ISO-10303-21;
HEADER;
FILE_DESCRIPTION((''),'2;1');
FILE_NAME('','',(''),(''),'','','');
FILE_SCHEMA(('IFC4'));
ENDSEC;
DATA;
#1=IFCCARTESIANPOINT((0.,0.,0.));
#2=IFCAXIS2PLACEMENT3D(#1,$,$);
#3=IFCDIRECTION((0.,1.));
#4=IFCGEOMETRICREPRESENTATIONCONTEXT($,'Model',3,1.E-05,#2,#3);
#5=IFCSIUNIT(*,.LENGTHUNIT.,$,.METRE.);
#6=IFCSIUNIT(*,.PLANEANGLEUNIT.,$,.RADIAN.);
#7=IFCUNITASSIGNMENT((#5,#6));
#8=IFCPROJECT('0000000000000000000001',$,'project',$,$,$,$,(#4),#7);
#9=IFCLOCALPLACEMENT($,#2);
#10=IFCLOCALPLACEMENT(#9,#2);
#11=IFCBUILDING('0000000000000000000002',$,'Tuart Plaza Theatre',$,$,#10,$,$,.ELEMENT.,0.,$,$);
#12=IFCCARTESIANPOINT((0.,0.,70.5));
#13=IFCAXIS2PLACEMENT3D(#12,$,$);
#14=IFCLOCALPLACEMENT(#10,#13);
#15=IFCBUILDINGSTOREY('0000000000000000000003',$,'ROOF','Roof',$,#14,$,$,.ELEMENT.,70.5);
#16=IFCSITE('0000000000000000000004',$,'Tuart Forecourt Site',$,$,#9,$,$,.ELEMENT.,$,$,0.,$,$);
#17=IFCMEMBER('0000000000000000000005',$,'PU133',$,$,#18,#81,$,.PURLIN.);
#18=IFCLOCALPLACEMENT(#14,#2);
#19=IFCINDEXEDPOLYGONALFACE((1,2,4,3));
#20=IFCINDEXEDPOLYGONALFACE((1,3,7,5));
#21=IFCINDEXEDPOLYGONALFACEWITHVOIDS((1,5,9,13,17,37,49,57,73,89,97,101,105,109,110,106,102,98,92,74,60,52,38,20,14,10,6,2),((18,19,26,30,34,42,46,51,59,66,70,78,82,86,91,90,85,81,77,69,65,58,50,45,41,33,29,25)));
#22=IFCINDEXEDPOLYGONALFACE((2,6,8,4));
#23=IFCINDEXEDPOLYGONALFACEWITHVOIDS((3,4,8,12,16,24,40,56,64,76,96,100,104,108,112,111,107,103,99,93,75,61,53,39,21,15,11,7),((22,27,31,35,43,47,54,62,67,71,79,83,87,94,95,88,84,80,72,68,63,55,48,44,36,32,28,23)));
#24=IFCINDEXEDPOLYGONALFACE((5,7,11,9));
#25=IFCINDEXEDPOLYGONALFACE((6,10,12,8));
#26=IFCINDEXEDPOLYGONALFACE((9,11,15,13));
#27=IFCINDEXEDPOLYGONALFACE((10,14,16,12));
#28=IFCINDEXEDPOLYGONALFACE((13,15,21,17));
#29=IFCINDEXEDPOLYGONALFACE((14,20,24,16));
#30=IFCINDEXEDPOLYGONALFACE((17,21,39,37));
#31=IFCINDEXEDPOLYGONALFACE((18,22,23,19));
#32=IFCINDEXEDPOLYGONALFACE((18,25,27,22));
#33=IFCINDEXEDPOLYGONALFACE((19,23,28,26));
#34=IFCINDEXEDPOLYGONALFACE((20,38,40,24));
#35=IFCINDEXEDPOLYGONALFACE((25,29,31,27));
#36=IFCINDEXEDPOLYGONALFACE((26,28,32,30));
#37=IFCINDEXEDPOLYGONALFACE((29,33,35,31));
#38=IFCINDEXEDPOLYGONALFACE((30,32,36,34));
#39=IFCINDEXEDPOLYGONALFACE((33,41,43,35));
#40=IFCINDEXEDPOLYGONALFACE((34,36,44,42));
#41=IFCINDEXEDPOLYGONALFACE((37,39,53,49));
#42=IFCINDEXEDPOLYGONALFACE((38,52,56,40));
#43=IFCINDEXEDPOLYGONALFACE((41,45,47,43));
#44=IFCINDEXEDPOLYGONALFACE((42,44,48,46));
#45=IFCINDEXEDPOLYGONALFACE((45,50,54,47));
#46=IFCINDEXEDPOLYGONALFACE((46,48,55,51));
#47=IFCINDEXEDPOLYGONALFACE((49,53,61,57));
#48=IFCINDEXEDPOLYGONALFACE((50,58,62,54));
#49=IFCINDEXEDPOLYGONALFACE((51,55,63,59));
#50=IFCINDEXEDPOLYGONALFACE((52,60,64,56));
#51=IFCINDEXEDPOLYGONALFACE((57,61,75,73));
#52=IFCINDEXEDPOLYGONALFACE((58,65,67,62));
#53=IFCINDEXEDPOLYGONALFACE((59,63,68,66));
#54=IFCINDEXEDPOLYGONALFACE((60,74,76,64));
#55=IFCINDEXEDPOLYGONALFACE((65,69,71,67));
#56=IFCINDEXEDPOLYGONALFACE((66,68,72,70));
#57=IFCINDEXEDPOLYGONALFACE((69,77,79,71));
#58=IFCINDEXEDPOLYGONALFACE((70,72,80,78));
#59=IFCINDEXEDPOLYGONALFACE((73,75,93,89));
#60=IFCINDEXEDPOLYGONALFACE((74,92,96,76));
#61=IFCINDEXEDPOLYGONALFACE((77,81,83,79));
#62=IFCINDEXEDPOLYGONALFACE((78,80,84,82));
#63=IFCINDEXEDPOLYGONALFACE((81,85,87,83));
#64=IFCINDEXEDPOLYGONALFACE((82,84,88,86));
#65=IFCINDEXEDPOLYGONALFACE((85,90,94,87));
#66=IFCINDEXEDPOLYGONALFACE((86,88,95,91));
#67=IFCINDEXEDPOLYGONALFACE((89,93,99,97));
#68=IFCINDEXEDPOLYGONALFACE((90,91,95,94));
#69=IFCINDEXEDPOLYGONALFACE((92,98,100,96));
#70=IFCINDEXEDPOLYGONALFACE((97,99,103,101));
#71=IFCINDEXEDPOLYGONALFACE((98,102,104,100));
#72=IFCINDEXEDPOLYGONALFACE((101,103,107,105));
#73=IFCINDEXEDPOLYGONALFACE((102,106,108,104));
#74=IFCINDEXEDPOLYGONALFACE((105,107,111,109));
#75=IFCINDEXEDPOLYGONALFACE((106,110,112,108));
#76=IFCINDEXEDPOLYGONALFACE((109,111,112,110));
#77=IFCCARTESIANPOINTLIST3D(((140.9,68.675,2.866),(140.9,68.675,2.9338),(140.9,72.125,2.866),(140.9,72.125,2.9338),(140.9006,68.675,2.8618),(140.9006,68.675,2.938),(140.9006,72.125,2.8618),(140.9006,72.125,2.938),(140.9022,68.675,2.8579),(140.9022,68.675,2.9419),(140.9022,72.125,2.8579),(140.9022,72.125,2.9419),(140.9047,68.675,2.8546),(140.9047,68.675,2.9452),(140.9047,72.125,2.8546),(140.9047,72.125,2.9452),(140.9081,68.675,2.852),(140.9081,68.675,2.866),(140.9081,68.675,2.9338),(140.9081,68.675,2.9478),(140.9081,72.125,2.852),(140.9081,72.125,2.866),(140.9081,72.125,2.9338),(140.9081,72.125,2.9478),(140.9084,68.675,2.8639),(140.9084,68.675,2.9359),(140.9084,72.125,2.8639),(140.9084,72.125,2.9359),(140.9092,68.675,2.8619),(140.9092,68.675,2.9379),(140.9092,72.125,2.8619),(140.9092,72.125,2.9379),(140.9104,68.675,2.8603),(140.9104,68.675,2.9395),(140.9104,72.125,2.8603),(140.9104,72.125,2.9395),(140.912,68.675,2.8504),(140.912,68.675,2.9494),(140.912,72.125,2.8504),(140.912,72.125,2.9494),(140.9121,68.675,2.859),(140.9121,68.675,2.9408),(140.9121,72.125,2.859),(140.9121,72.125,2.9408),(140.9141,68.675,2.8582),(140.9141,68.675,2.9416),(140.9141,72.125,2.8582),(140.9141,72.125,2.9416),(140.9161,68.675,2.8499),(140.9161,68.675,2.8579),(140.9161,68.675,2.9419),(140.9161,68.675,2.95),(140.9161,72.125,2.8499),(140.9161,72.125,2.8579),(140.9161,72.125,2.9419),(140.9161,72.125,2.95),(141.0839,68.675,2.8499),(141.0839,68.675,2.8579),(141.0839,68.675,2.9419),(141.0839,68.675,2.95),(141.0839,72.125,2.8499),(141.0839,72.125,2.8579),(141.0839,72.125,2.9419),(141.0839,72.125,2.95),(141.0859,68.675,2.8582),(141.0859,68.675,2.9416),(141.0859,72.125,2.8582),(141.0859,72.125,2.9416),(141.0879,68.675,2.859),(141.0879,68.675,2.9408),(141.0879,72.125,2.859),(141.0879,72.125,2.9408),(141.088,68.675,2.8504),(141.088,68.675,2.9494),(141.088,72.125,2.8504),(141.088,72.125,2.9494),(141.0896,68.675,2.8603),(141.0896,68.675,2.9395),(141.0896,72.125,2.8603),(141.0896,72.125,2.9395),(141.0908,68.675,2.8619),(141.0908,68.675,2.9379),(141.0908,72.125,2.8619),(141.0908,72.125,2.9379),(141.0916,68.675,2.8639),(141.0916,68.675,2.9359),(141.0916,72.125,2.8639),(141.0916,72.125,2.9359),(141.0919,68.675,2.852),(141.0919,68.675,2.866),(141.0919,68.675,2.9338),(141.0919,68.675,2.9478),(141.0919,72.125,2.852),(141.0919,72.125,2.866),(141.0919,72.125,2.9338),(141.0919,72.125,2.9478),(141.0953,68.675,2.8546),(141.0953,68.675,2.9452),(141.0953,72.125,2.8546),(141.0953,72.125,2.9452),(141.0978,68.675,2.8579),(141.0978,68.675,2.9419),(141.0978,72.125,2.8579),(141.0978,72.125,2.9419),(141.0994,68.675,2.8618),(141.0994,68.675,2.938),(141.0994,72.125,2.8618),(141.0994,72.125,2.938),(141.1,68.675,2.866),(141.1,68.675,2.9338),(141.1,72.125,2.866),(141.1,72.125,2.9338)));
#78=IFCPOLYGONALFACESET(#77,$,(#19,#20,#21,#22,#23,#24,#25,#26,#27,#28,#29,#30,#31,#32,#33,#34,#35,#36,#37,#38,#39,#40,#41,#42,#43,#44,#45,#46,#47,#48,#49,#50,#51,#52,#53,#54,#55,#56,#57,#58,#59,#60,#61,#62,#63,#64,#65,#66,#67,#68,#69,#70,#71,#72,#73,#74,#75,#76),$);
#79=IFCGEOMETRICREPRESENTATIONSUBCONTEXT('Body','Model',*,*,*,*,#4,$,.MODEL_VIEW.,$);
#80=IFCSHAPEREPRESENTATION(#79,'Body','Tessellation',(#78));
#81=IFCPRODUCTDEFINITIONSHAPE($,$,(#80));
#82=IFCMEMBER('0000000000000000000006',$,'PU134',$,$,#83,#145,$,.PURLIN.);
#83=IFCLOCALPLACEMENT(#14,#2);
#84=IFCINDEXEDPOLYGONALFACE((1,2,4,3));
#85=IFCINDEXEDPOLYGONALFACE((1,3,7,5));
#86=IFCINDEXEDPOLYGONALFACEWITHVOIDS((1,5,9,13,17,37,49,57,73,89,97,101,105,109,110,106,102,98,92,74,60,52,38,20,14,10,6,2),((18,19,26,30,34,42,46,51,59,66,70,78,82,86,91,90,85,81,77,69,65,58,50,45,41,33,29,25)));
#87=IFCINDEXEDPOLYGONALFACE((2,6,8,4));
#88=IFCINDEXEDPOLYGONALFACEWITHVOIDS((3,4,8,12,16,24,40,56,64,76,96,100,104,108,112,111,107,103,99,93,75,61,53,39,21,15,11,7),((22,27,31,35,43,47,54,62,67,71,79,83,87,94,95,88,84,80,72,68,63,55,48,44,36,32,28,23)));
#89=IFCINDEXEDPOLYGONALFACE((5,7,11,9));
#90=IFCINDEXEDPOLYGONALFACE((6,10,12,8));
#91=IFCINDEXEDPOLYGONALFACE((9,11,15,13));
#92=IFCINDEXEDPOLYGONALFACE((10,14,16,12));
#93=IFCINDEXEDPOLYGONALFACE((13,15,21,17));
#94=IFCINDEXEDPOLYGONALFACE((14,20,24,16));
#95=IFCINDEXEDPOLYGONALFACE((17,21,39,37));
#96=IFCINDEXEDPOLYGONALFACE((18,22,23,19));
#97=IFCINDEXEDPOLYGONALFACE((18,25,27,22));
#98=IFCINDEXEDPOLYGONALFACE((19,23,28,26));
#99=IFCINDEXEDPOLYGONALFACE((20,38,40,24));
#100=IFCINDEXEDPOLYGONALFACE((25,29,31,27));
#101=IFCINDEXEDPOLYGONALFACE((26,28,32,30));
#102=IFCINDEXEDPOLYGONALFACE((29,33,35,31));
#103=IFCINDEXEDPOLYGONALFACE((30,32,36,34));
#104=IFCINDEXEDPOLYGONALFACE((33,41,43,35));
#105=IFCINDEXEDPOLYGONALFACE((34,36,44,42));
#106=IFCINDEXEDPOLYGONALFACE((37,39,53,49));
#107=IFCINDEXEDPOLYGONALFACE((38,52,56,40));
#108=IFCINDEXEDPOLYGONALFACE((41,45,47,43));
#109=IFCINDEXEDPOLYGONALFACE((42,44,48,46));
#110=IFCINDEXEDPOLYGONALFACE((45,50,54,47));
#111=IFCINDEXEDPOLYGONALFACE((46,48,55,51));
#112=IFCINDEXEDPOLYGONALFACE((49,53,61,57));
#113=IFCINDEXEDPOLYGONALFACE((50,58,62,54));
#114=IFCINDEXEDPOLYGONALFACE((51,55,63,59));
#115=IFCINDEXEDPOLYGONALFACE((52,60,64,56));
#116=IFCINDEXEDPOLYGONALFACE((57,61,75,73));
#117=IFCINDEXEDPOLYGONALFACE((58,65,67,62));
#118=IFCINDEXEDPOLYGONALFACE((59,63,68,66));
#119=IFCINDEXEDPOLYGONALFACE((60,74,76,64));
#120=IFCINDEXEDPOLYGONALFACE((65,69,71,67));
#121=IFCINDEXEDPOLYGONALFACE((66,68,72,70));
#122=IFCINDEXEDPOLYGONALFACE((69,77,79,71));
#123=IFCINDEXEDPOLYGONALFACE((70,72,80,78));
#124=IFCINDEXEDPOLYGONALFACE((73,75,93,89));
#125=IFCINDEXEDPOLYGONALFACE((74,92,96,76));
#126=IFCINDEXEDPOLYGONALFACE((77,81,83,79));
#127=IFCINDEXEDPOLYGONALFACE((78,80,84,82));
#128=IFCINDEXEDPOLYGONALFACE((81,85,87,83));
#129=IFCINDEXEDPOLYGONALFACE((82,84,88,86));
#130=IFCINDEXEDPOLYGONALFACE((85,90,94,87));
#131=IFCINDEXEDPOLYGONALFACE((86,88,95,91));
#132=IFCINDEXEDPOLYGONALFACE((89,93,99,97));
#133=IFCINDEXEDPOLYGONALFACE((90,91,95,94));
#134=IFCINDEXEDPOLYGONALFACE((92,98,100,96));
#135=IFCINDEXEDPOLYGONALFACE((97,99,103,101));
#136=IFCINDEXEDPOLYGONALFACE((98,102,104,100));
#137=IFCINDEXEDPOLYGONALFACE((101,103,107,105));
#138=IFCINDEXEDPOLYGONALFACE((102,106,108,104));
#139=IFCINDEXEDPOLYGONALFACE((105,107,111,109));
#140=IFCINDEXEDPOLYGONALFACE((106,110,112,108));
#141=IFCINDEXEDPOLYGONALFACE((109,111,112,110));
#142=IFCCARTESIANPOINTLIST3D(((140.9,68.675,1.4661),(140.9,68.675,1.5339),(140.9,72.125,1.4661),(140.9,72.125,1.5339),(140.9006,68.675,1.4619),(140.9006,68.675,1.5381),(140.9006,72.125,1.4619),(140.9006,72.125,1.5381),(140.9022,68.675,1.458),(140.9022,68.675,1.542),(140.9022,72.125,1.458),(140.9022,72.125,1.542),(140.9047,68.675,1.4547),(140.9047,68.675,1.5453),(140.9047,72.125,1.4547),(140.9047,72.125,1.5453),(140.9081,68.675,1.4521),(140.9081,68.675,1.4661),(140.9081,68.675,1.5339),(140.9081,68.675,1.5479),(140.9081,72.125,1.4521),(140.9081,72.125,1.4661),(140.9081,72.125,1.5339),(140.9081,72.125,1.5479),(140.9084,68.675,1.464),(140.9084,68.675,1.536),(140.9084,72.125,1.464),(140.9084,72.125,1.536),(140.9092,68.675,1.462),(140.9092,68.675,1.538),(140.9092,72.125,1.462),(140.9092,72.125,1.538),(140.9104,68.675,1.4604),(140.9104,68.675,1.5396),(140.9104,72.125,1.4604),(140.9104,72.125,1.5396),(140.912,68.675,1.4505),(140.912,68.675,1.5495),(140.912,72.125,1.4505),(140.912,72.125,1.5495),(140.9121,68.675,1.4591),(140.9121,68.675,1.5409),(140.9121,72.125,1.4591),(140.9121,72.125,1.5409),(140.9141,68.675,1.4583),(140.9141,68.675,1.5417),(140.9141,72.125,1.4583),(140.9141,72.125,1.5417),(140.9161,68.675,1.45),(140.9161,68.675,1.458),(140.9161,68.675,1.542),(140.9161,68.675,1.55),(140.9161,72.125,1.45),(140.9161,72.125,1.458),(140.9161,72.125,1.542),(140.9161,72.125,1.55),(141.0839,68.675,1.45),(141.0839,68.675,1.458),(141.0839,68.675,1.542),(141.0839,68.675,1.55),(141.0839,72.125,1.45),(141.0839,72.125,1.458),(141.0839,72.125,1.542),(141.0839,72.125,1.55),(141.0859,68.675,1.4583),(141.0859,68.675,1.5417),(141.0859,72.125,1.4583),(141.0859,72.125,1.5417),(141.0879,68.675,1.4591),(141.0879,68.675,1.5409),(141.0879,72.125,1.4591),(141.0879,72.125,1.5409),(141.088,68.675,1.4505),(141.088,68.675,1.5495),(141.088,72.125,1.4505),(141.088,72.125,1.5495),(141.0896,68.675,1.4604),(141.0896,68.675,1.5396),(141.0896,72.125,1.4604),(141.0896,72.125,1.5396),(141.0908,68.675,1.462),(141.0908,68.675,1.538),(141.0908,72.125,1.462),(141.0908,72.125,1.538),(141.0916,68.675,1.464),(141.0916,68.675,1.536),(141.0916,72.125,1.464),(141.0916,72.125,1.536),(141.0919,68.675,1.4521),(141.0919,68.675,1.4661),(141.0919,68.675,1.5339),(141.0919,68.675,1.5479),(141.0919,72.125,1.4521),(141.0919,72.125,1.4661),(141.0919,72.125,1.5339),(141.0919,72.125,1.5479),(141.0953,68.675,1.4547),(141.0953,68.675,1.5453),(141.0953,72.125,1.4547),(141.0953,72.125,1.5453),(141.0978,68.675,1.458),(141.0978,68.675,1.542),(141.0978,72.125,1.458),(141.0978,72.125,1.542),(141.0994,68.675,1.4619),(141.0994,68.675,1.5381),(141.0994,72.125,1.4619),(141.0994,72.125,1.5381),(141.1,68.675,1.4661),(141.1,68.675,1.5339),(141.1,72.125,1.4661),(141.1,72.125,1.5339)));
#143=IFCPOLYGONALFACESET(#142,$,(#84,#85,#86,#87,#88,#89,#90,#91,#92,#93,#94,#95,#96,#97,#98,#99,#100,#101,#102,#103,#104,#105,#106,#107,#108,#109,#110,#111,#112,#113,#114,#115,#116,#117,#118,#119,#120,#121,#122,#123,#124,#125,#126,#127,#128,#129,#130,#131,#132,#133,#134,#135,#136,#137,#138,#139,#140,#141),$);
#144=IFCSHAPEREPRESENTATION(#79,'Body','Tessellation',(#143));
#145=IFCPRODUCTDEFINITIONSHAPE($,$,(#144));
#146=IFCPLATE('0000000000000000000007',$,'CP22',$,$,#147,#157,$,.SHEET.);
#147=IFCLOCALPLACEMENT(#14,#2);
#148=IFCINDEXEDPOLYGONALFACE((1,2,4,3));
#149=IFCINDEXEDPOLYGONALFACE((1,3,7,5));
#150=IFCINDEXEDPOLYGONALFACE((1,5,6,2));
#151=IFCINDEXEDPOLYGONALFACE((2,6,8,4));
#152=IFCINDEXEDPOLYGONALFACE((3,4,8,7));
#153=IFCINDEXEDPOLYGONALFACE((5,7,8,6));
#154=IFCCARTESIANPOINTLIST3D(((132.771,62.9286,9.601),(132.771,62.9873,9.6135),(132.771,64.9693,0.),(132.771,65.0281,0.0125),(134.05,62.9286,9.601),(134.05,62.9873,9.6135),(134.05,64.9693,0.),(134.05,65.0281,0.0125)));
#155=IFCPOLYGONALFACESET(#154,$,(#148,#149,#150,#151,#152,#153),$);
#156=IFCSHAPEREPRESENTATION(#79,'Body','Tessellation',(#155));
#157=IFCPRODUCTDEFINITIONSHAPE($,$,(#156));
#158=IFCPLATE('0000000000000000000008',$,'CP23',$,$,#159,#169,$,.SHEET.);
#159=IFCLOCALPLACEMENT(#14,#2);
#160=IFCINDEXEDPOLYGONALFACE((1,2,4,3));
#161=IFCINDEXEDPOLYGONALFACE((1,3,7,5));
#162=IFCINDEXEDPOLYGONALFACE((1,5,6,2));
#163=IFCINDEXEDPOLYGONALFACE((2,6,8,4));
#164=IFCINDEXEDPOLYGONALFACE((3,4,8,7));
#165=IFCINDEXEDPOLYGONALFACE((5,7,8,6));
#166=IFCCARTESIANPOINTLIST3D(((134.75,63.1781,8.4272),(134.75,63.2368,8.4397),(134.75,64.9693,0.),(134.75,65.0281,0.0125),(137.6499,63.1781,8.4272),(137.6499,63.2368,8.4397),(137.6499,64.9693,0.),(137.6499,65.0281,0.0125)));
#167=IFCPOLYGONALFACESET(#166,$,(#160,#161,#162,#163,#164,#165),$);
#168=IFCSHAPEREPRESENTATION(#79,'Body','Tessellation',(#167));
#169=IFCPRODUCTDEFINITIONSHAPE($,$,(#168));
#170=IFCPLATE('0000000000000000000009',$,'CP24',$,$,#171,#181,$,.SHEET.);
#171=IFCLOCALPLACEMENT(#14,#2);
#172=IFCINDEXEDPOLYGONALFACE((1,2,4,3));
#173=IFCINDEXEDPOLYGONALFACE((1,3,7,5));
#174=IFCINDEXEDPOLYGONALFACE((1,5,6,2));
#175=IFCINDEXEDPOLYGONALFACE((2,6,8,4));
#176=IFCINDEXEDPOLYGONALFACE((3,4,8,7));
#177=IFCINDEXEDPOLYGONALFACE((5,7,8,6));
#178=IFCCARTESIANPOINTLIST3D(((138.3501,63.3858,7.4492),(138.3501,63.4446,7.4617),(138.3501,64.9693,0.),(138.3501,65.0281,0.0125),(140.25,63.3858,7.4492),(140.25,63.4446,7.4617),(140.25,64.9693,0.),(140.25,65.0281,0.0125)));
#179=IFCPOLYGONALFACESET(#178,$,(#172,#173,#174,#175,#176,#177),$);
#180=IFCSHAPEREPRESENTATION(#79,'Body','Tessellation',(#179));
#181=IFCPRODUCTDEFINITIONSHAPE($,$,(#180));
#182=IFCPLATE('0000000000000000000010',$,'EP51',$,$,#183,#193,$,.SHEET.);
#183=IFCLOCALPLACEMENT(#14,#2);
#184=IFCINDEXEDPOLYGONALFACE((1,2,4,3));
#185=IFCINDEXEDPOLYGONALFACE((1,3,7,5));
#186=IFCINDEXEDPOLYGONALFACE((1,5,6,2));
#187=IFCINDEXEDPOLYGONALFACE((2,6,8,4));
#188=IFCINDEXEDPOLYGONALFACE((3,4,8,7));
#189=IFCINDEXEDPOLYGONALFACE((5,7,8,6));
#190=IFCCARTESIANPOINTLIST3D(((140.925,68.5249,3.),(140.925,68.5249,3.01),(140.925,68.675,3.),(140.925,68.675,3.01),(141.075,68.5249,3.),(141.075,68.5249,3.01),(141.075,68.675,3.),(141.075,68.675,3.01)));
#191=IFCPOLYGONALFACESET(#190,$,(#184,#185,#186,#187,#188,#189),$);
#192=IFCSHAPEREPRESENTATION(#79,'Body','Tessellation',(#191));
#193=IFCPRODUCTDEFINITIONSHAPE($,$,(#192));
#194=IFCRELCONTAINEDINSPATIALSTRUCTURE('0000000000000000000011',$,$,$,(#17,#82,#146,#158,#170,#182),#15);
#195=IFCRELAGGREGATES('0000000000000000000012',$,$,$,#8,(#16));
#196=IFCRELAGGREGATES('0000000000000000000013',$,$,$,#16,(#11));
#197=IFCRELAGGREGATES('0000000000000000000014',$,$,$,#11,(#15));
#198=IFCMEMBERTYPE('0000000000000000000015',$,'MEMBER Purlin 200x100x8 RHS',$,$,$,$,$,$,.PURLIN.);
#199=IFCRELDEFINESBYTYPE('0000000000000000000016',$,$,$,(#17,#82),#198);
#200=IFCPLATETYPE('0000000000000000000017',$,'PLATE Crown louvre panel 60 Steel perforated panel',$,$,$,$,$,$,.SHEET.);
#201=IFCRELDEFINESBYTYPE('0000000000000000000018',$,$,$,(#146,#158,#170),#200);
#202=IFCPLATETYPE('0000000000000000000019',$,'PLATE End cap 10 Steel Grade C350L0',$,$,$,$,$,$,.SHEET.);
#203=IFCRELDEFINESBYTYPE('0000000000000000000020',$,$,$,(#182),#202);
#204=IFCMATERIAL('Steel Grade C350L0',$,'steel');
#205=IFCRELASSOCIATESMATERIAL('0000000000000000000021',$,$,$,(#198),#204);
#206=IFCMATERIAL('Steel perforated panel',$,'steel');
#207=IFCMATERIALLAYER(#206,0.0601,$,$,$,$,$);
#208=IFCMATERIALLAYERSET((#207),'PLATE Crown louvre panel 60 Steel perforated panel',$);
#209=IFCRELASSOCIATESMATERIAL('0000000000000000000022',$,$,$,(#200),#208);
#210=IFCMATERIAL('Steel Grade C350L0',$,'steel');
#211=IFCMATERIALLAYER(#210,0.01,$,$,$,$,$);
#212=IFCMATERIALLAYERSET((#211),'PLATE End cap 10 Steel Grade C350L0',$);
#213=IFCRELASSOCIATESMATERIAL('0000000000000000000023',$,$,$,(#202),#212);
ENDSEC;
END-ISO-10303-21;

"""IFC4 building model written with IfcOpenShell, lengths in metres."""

from ifc_helpers import new_model, si_unit, direction, frame, origin, origin_2d, place, context, subcontext, project, spatial, polyline, hollow_rectangle, outline, extrude, material, layer, layer_set, material_profile, profile_set, type_object, element, save


model = new_model("IFC4")

# Units and contexts
model_context = context("Model", 3, precision=1e-05, world=origin(), true_north=direction((0.0, 1.0)))
body_context = subcontext(model_context, "Body", "Model", "MODEL_VIEW")
ifc_project = project(units=[si_unit("LENGTHUNIT", "METRE"), si_unit("PLANEANGLEUNIT", "RADIAN")], contexts=[model_context])

# Site, building, storey
site_placement = place(None, origin())
site = spatial("IfcSite", under=ifc_project, at=site_placement, Name="Tuart Forecourt Site", CompositionType="ELEMENT", RefElevation=0.0)
building_placement = place(site_placement, origin())
building = spatial("IfcBuilding", under=site, at=building_placement, Name="Tuart Plaza Theatre", CompositionType="ELEMENT", ElevationOfRefHeight=0.0)
storey_placement = place(building_placement, frame((0.0, 0.0, 70.5)))
storey = spatial("IfcBuildingStorey", under=building, at=storey_placement, Name="ROOF", Description="Roof", CompositionType="ELEMENT", Elevation=70.5)

# Members
ifc_material_1 = material(Name="Steel Grade C350L0", Category="steel")
ifc_material_profile_1 = material_profile(ifc_material_1, hollow_rectangle(XDim=0.1001, YDim=0.2, WallThickness=0.0081, InnerFilletRadius=0.0081, OuterFilletRadius=0.0161, at=origin_2d()), Name="200x100x8 RHS")
ifc_profile_set_1 = profile_set([ifc_material_profile_1], Name="Steel Grade C350L0")
member_type_1 = type_object("IfcMemberType", Name="MEMBER Purlin 200x100x8 RHS", PredefinedType="PURLIN", material=ifc_profile_set_1)
for number, where, z_axis, x_axis, name in (
    (1, (141.0, 68.675, 2.8999), (0.0, 1.0, 0.0), (0.0, 0.0, 1.0), "PU133"),
    (2, (141.0, 68.675, 1.5), (0.0, 1.0, 0.0), (0.0, 0.0, 1.0), "PU134"),
):
    element("IfcMember", number, at=place(storey_placement, frame(where, z_axis=z_axis, x_axis=x_axis)), inside=storey, type_object=member_type_1, Name=name, PredefinedType="PURLIN", context=body_context, shape_type="SweptSolid", body=[
        extrude(hollow_rectangle(XDim=0.1001, YDim=0.2, WallThickness=0.0081, InnerFilletRadius=0.0081, OuterFilletRadius=0.0161, at=origin_2d()), origin(), (0.0, 0.0, 1.0), 3.45),
    ])

# Plates
ifc_material_2 = material(Name="Steel perforated panel", Category="steel")
ifc_layer_1 = layer(ifc_material_2, 0.0601)
ifc_layer_set_1 = layer_set([ifc_layer_1], Name="PLATE Crown louvre panel 60 Steel perforated panel")
plate_type_1 = type_object("IfcPlateType", Name="PLATE Crown louvre panel 60 Steel perforated panel", PredefinedType="SHEET", material=ifc_layer_set_1)
plate_1_placement = place(storey_placement, frame((132.771, 65.0281, 0.0125), z_axis=(0.0, 0.978148, 0.207912), x_axis=(1.0, 0.0, 0.0)))
element("IfcPlate", 3, at=plate_1_placement, inside=storey, type_object=plate_type_1, Name="CP22", PredefinedType="SHEET", context=body_context, shape_type="SweptSolid", body=[
    extrude(outline(polyline([(0.0, 0.0), (1.2791, 0.0), (1.2791, -9.8156), (0.0, -9.8156), (0.0, 0.0)])), origin(), (0.0, 0.0, -1.0), 0.0601),
])
plate_2_placement = place(storey_placement, frame((134.75, 65.0281, 0.0125), z_axis=(0.0, 0.978148, 0.207911), x_axis=(1.0, 0.0, 0.0)))
element("IfcPlate", 4, at=plate_2_placement, inside=storey, type_object=plate_type_1, Name="CP23", PredefinedType="SHEET", context=body_context, shape_type="SweptSolid", body=[
    extrude(outline(polyline([(0.0, 0.0), (2.8999, 0.0), (2.8999, -8.6155), (0.0, -8.6155), (0.0, 0.0)])), origin(), (0.0, 0.0, -1.0), 0.0601),
])
plate_3_placement = place(storey_placement, frame((138.3501, 65.0281, 0.0125), z_axis=(0.0, 0.978145, 0.207926), x_axis=(1.0, 0.0, 0.0)))
element("IfcPlate", 5, at=plate_3_placement, inside=storey, type_object=plate_type_1, Name="CP24", PredefinedType="SHEET", context=body_context, shape_type="SweptSolid", body=[
    extrude(outline(polyline([(0.0, 0.0), (1.8999, 0.0), (1.8999, -7.6157), (0.0, -7.6157), (0.0, 0.0)])), origin(), (0.0, 0.0, -1.0), 0.0601),
])
ifc_material_3 = material(Name="Steel Grade C350L0", Category="steel")
ifc_layer_2 = layer(ifc_material_3, 0.01)
ifc_layer_set_2 = layer_set([ifc_layer_2], Name="PLATE End cap 10 Steel Grade C350L0")
plate_type_2 = type_object("IfcPlateType", Name="PLATE End cap 10 Steel Grade C350L0", PredefinedType="SHEET", material=ifc_layer_set_2)
plate_4_placement = place(storey_placement, frame((140.925, 68.5249, 3.01), z_axis=(0.0, 0.0, 1.0), x_axis=(1.0, 0.0, 0.0)))
element("IfcPlate", 6, at=plate_4_placement, inside=storey, type_object=plate_type_2, Name="EP51", PredefinedType="SHEET", context=body_context, shape_type="SweptSolid", body=[
    extrude(outline(polyline([(0.0, 0.0), (0.1499, 0.0), (0.1499, 0.1501), (0.0, 0.1501), (0.0, 0.0)])), origin(), (0.0, 0.0, -1.0), 0.01),
])

save(model, "model.ifc")
